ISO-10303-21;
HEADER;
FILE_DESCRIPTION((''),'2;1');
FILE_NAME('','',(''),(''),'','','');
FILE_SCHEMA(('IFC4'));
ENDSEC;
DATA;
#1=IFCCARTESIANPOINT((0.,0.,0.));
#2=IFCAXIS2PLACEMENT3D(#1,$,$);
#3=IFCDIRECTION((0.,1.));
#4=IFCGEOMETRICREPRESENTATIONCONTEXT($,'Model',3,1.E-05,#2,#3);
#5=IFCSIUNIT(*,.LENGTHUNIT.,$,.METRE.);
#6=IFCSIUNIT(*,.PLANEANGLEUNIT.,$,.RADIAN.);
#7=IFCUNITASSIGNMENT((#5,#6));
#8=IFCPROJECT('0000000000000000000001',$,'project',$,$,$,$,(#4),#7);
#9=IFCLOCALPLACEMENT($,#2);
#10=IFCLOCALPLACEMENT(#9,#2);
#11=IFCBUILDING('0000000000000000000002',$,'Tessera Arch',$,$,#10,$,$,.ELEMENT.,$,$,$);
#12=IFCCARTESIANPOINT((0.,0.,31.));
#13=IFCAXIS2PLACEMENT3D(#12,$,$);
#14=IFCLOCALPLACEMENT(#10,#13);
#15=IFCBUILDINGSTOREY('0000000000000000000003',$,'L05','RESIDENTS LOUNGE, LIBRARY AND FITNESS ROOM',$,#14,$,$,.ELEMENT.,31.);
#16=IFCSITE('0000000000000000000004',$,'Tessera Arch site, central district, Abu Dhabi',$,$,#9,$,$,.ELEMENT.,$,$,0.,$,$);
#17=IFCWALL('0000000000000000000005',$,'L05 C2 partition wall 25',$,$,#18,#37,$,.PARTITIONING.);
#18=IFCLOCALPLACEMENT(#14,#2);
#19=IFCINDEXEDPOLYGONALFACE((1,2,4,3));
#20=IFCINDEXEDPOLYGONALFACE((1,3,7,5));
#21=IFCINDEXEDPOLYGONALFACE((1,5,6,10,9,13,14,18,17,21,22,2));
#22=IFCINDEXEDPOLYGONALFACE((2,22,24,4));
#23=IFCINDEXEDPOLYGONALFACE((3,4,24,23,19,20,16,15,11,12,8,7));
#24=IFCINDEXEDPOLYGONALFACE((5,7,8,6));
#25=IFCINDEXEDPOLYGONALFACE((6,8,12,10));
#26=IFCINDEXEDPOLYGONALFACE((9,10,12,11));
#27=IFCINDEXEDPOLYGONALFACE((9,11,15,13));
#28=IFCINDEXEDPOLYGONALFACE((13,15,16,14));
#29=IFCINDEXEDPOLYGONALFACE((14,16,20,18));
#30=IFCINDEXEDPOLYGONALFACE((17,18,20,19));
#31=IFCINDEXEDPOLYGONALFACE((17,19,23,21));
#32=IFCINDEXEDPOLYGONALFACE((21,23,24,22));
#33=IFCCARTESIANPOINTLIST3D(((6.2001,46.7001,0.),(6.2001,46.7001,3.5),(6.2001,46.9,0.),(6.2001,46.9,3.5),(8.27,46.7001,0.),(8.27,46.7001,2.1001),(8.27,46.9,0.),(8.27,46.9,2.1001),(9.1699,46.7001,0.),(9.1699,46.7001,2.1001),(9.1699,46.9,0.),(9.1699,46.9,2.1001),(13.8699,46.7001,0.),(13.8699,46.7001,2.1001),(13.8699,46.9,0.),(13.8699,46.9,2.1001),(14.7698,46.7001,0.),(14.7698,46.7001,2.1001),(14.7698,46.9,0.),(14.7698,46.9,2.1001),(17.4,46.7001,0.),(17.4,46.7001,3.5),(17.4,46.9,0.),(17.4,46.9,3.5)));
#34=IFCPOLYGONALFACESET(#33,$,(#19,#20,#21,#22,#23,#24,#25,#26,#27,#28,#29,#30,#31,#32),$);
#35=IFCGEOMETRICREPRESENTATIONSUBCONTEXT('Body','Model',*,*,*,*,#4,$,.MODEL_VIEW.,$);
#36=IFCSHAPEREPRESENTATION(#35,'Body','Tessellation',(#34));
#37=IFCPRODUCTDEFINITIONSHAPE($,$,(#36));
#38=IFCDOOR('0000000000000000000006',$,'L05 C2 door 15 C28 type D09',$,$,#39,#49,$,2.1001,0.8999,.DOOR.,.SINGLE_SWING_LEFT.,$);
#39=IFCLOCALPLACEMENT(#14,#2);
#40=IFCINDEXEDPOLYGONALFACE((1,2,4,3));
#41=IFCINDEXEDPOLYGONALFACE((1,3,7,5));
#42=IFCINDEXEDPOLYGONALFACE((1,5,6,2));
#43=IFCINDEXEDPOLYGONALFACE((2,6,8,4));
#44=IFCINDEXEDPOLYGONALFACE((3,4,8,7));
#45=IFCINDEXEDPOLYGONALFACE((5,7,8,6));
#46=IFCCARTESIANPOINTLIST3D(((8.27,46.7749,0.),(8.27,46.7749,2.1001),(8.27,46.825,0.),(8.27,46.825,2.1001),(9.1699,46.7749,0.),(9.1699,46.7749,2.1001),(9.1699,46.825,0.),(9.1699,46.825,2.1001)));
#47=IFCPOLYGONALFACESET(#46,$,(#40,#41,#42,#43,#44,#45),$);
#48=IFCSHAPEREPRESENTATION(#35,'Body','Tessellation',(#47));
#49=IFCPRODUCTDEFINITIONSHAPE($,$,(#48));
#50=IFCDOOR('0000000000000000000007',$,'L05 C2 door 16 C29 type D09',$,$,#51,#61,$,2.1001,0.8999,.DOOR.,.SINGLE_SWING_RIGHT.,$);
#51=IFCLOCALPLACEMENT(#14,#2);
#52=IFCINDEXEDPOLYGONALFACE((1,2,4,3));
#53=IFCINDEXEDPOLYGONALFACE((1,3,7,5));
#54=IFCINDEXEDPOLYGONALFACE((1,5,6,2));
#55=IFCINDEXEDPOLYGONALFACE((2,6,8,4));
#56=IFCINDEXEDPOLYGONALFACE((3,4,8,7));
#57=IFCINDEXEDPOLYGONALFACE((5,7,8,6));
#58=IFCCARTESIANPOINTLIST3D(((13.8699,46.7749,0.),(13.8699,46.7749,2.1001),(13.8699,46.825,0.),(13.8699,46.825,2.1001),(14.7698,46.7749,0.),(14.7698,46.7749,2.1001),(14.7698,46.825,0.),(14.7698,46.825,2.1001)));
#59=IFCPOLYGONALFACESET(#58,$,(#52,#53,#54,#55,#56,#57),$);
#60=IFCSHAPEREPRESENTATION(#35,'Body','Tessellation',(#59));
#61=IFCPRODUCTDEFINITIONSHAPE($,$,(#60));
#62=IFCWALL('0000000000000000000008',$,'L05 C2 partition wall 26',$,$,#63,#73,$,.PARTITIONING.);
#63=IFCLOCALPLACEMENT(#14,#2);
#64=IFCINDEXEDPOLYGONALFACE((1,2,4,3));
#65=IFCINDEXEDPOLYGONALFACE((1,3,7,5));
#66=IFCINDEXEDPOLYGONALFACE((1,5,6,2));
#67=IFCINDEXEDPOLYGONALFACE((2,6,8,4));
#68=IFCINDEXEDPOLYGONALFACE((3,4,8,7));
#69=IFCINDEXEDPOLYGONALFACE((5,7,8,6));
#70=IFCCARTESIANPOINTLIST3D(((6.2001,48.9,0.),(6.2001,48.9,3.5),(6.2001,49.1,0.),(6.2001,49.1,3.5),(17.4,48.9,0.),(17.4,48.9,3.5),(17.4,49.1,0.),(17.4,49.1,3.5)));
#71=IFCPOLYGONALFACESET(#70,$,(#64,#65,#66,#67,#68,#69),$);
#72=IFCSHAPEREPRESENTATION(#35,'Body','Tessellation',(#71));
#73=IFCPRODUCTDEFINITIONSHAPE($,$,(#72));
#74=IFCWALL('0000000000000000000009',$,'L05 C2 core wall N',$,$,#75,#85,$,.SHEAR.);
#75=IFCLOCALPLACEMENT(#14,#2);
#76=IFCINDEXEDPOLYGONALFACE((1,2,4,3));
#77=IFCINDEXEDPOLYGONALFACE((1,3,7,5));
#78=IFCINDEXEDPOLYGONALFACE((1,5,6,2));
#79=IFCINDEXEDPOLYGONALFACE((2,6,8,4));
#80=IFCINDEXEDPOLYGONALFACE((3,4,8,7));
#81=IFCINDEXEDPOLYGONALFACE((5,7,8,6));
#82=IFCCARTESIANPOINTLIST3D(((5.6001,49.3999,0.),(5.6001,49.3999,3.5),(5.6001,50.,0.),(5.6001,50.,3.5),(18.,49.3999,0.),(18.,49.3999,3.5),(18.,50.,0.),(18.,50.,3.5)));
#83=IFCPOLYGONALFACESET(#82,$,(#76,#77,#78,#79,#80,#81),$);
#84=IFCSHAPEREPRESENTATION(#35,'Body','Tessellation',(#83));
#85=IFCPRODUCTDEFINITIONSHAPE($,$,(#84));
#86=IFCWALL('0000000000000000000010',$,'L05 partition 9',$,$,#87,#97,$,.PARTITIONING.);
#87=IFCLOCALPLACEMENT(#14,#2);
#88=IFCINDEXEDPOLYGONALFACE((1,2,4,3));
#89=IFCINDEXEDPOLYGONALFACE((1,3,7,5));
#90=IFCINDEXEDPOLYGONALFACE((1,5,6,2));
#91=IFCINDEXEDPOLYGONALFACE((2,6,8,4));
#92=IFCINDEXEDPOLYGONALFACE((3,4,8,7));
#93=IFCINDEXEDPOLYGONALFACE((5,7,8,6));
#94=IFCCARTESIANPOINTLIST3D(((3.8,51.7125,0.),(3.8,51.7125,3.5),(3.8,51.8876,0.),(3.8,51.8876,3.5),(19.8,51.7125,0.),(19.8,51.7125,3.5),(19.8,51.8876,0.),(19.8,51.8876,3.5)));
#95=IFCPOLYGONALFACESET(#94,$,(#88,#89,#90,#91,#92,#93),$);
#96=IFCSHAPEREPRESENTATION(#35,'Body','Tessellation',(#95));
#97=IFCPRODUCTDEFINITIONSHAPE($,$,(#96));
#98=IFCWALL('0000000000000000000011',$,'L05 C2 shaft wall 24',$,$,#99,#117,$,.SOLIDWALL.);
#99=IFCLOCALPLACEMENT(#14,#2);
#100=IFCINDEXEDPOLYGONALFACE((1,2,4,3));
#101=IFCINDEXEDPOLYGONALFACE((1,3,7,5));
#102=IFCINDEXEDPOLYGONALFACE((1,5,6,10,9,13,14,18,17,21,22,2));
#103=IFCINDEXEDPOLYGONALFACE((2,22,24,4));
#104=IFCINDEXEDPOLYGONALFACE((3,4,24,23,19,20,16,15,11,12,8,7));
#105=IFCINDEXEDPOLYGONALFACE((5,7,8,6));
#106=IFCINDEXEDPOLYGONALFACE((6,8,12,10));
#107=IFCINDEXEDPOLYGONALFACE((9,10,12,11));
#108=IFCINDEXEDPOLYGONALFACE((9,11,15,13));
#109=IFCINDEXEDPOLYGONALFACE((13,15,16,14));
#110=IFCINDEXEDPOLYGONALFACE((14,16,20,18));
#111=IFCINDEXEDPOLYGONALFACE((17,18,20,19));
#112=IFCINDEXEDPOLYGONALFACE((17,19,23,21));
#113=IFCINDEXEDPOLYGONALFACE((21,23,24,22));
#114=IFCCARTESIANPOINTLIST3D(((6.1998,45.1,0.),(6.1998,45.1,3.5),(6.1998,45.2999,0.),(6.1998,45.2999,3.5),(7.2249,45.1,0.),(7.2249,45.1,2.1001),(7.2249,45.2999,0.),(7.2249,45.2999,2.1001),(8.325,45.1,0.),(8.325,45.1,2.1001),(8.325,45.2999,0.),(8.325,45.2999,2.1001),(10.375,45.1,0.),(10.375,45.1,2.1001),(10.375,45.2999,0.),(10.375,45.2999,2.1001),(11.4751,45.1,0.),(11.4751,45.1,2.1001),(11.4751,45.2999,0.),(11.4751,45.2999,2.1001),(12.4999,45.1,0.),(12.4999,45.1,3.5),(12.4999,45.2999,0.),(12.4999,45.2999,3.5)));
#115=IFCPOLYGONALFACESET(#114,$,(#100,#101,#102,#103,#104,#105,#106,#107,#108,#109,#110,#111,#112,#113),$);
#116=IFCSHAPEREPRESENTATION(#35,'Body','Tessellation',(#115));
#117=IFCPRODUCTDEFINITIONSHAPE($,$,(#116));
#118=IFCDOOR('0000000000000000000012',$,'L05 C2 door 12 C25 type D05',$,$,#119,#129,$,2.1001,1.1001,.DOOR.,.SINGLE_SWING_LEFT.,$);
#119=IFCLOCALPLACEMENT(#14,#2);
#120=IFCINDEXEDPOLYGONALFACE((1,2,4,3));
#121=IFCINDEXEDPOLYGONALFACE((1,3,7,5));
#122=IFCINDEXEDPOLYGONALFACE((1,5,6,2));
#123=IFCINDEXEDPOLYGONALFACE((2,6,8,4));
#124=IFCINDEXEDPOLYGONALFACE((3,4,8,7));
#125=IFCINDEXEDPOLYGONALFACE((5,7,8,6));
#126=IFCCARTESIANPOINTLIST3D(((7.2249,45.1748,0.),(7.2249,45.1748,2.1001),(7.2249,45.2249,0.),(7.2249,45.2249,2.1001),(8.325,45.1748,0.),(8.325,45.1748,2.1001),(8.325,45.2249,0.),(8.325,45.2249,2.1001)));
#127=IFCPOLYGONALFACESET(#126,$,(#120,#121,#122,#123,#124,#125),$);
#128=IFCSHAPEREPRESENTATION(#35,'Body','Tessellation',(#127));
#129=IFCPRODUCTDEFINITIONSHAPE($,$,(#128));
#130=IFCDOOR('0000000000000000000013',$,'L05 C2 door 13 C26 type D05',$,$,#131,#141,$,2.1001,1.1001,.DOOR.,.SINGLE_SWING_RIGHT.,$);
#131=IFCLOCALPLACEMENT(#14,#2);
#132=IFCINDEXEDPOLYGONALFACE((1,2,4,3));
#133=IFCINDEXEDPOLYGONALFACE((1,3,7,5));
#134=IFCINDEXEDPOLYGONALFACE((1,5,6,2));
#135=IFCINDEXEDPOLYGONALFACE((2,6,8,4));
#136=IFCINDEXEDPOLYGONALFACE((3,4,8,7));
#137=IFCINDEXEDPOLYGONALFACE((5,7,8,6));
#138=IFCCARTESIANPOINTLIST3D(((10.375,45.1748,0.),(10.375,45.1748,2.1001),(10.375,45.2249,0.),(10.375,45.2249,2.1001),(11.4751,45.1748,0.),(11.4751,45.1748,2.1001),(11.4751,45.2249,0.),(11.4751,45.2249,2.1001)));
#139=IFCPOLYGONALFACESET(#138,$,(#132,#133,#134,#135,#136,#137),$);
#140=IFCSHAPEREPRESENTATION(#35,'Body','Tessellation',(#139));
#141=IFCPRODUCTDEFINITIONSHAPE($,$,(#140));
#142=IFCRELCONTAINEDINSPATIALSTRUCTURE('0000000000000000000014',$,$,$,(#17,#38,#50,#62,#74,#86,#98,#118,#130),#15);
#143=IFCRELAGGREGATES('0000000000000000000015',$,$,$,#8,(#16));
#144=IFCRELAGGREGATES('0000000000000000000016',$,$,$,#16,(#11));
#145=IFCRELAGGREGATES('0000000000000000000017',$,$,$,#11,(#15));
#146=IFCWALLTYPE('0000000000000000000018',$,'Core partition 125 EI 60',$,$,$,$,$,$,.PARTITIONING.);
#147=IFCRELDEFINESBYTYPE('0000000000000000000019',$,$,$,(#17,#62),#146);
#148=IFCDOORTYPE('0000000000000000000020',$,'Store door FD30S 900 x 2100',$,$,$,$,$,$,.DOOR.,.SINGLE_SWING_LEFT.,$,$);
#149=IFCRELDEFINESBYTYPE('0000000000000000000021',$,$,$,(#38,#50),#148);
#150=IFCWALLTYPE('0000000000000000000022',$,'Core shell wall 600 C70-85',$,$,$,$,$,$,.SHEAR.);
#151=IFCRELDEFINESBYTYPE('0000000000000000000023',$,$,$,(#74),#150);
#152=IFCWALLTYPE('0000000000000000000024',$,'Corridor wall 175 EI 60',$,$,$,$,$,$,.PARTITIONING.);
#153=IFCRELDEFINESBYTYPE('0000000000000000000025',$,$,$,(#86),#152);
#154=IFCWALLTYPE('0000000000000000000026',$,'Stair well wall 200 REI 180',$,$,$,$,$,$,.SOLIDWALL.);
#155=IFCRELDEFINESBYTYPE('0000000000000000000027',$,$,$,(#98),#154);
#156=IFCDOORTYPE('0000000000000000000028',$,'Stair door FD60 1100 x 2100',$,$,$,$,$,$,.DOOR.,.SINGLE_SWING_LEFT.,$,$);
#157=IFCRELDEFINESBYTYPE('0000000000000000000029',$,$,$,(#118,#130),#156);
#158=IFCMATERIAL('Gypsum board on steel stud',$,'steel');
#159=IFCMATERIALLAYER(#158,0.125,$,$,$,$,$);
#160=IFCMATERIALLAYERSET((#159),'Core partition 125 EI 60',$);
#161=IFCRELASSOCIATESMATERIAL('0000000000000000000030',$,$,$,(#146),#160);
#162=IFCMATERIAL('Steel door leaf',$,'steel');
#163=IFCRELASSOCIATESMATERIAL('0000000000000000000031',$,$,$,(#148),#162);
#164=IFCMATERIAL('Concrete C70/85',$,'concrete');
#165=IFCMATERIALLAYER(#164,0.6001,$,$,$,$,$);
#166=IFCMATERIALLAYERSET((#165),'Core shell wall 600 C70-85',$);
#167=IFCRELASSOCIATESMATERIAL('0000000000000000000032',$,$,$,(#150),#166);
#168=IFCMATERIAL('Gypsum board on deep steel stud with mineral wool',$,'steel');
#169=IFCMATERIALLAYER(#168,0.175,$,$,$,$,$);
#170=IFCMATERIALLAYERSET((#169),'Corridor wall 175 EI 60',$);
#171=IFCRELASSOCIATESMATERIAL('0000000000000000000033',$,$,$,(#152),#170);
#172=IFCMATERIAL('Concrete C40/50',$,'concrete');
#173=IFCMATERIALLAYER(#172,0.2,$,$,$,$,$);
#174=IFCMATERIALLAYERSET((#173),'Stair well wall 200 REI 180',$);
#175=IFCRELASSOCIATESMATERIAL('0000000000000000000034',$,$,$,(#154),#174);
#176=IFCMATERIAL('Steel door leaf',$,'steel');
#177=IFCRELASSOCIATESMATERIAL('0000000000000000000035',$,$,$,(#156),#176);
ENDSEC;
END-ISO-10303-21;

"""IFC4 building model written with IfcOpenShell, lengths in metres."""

from ifc_helpers import new_model, si_unit, direction, frame, frame_2d, origin, place, context, subcontext, project, spatial, rectangle, extrude, material, layer, layer_set, type_object, element, fill, save


model = new_model("IFC4")

# Units and contexts
model_context = context("Model", 3, precision=1e-05, world=origin(), true_north=direction((0.0, 1.0)))
body_context = subcontext(model_context, "Body", "Model", "MODEL_VIEW")
ifc_project = project(units=[si_unit("LENGTHUNIT", "METRE"), si_unit("PLANEANGLEUNIT", "RADIAN")], contexts=[model_context])

# Site, building, storey
site_placement = place(None, origin())
site = spatial("IfcSite", under=ifc_project, at=site_placement, Name="Tessera Arch site, central district, Abu Dhabi", CompositionType="ELEMENT", RefElevation=0.0)
building_placement = place(site_placement, origin())
building = spatial("IfcBuilding", under=site, at=building_placement, Name="Tessera Arch", CompositionType="ELEMENT")
storey_placement = place(building_placement, frame((0.0, 0.0, 31.0)))
storey = spatial("IfcBuildingStorey", under=building, at=storey_placement, Name="L05", Description="RESIDENTS LOUNGE, LIBRARY AND FITNESS ROOM", CompositionType="ELEMENT", Elevation=31.0)

# Wall, openings, doors
ifc_material_1 = material(Name="Gypsum board on steel stud", Category="steel")
ifc_layer_1 = layer(ifc_material_1, 0.125)
ifc_layer_set_1 = layer_set([ifc_layer_1], Name="Core partition 125 EI 60")
wall_type_1 = type_object("IfcWallType", Name="Core partition 125 EI 60", PredefinedType="PARTITIONING", material=ifc_layer_set_1)
wall_1_placement = place(storey_placement, frame((6.2, 46.8, 0.0), z_axis=(0.0, 0.0, 1.0), x_axis=(1.0, 0.0, 0.0)))
wall_1 = element("IfcWall", 1, at=wall_1_placement, inside=storey, type_object=wall_type_1, Name="L05 C2 partition wall 25", PredefinedType="PARTITIONING", context=body_context, shape_type="SweptSolid", body=[
    extrude(rectangle(XDim=11.2, YDim=0.2, at=frame_2d((5.6001, 0.0))), origin(), (0.0, 0.0, 1.0), 3.5),
])
opening_1_placement = place(wall_1_placement, frame((2.0701, 0.0, 0.0)))
opening_1 = element("IfcOpeningElement", 2, at=opening_1_placement, cuts=wall_1, PredefinedType="OPENING", context=body_context, shape_type="SweptSolid", body=[
    extrude(rectangle(XDim=0.8999, YDim=2.1001, at=frame_2d((0.45, 1.05))), frame((0.0, 0.1099, 0.0), z_axis=(0.0, -1.0, 0.0), x_axis=(1.0, 0.0, 0.0)), (0.0, 0.0, 1.0), 0.22),
])
opening_2_placement = place(wall_1_placement, frame((7.6699, 0.0, 0.0)))
opening_2 = element("IfcOpeningElement", 3, at=opening_2_placement, cuts=wall_1, PredefinedType="OPENING", context=body_context, shape_type="SweptSolid", body=[
    extrude(rectangle(XDim=0.8999, YDim=2.1001, at=frame_2d((0.45, 1.05))), frame((0.0, 0.1099, 0.0), z_axis=(0.0, -1.0, 0.0), x_axis=(1.0, 0.0, 0.0)), (0.0, 0.0, 1.0), 0.22),
])
ifc_material_2 = material(Name="Steel door leaf", Category="steel")
door_type_1 = type_object("IfcDoorType", Name="Store door FD30S 900 x 2100", OperationType="SINGLE_SWING_LEFT", PredefinedType="DOOR", material=ifc_material_2)
door_1_placement = place(opening_1_placement, origin())
door_1 = element("IfcDoor", 4, at=door_1_placement, inside=storey, type_object=door_type_1, Name="L05 C2 door 15 C28 type D09", OperationType="SINGLE_SWING_LEFT", OverallHeight=2.1001, OverallWidth=0.8999, PredefinedType="DOOR", context=body_context, shape_type="SweptSolid", body=[
    extrude(rectangle(XDim=0.8999, YDim=2.1001, at=frame_2d((0.45, 1.05))), frame((0.0, 0.0249, 0.0), z_axis=(0.0, -1.0, 0.0), x_axis=(1.0, 0.0, 0.0)), (0.0, 0.0, 1.0), 0.05),
])
fill(opening_1, door_1)
door_2_placement = place(opening_2_placement, origin())
door_2 = element("IfcDoor", 5, at=door_2_placement, inside=storey, type_object=door_type_1, Name="L05 C2 door 16 C29 type D09", OperationType="SINGLE_SWING_RIGHT", OverallHeight=2.1001, OverallWidth=0.8999, PredefinedType="DOOR", context=body_context, shape_type="SweptSolid", body=[
    extrude(rectangle(XDim=0.8999, YDim=2.1001, at=frame_2d((0.45, 1.05))), frame((0.0, 0.0249, 0.0), z_axis=(0.0, -1.0, 0.0), x_axis=(1.0, 0.0, 0.0)), (0.0, 0.0, 1.0), 0.05),
])
fill(opening_2, door_2)

# Walls
wall_2_placement = place(storey_placement, frame((6.2, 49.0, 0.0), z_axis=(0.0, 0.0, 1.0), x_axis=(1.0, 0.0, 0.0)))
element("IfcWall", 6, at=wall_2_placement, inside=storey, type_object=wall_type_1, Name="L05 C2 partition wall 26", PredefinedType="PARTITIONING", context=body_context, shape_type="SweptSolid", body=[
    extrude(rectangle(XDim=11.2, YDim=0.2, at=frame_2d((5.6001, 0.0))), origin(), (0.0, 0.0, 1.0), 3.5),
])
ifc_material_3 = material(Name="Concrete C70/85", Category="concrete")
ifc_layer_2 = layer(ifc_material_3, 0.6001)
ifc_layer_set_2 = layer_set([ifc_layer_2], Name="Core shell wall 600 C70-85")
wall_type_2 = type_object("IfcWallType", Name="Core shell wall 600 C70-85", PredefinedType="SHEAR", material=ifc_layer_set_2)
wall_3_placement = place(storey_placement, frame((5.6001, 49.7, 0.0), z_axis=(0.0, 0.0, 1.0), x_axis=(1.0, 0.0, 0.0)))
element("IfcWall", 7, at=wall_3_placement, inside=storey, type_object=wall_type_2, Name="L05 C2 core wall N", PredefinedType="SHEAR", context=body_context, shape_type="SweptSolid", body=[
    extrude(rectangle(XDim=12.3999, YDim=0.6001, at=frame_2d((6.2, 0.0))), origin(), (0.0, 0.0, 1.0), 3.5),
])
ifc_material_4 = material(Name="Gypsum board on deep steel stud with mineral wool", Category="steel")
ifc_layer_3 = layer(ifc_material_4, 0.175)
ifc_layer_set_3 = layer_set([ifc_layer_3], Name="Corridor wall 175 EI 60")
wall_type_3 = type_object("IfcWallType", Name="Corridor wall 175 EI 60", PredefinedType="PARTITIONING", material=ifc_layer_set_3)
wall_4_placement = place(storey_placement, frame((3.8, 51.8, 0.0), z_axis=(0.0, 0.0, 1.0), x_axis=(1.0, 0.0, 0.0)))
element("IfcWall", 8, at=wall_4_placement, inside=storey, type_object=wall_type_3, Name="L05 partition 9", PredefinedType="PARTITIONING", context=body_context, shape_type="SweptSolid", body=[
    extrude(rectangle(XDim=16.0, YDim=0.175, at=frame_2d((8.0, 0.0))), origin(), (0.0, 0.0, 1.0), 3.5),
])

# Wall, openings, doors
ifc_material_5 = material(Name="Concrete C40/50", Category="concrete")
ifc_layer_4 = layer(ifc_material_5, 0.2)
ifc_layer_set_4 = layer_set([ifc_layer_4], Name="Stair well wall 200 REI 180")
wall_type_4 = type_object("IfcWallType", Name="Stair well wall 200 REI 180", PredefinedType="SOLIDWALL", material=ifc_layer_set_4)
wall_5_placement = place(storey_placement, frame((6.2, 45.2, 0.0), z_axis=(0.0, 0.0, 1.0), x_axis=(1.0, 0.0, 0.0)))
wall_5 = element("IfcWall", 9, at=wall_5_placement, inside=storey, type_object=wall_type_4, Name="L05 C2 shaft wall 24", PredefinedType="SOLIDWALL", context=body_context, shape_type="SweptSolid", body=[
    extrude(rectangle(XDim=6.3, YDim=0.2, at=frame_2d((3.1499, 0.0))), origin(), (0.0, 0.0, 1.0), 3.5),
])
opening_3_placement = place(wall_5_placement, frame((1.0249, 0.0, 0.0)))
opening_3 = element("IfcOpeningElement", 10, at=opening_3_placement, cuts=wall_5, PredefinedType="OPENING", context=body_context, shape_type="SweptSolid", body=[
    extrude(rectangle(XDim=1.1001, YDim=2.1001, at=frame_2d((0.55, 1.05))), frame((0.0, 0.1099, 0.0), z_axis=(0.0, -1.0, 0.0), x_axis=(1.0, 0.0, 0.0)), (0.0, 0.0, 1.0), 0.22),
])
opening_4_placement = place(wall_5_placement, frame((4.175, 0.0, 0.0)))
opening_4 = element("IfcOpeningElement", 11, at=opening_4_placement, cuts=wall_5, PredefinedType="OPENING", context=body_context, shape_type="SweptSolid", body=[
    extrude(rectangle(XDim=1.1001, YDim=2.1001, at=frame_2d((0.55, 1.05))), frame((0.0, 0.1099, 0.0), z_axis=(0.0, -1.0, 0.0), x_axis=(1.0, 0.0, 0.0)), (0.0, 0.0, 1.0), 0.22),
])
ifc_material_6 = material(Name="Steel door leaf", Category="steel")
door_type_2 = type_object("IfcDoorType", Name="Stair door FD60 1100 x 2100", OperationType="SINGLE_SWING_LEFT", PredefinedType="DOOR", material=ifc_material_6)
door_3_placement = place(opening_3_placement, origin())
door_3 = element("IfcDoor", 12, at=door_3_placement, inside=storey, type_object=door_type_2, Name="L05 C2 door 12 C25 type D05", OperationType="SINGLE_SWING_LEFT", OverallHeight=2.1001, OverallWidth=1.1001, PredefinedType="DOOR", context=body_context, shape_type="SweptSolid", body=[
    extrude(rectangle(XDim=1.1001, YDim=2.1001, at=frame_2d((0.55, 1.05))), frame((0.0, 0.0249, 0.0), z_axis=(0.0, -1.0, 0.0), x_axis=(1.0, 0.0, 0.0)), (0.0, 0.0, 1.0), 0.05),
])
fill(opening_3, door_3)
door_4_placement = place(opening_4_placement, origin())
door_4 = element("IfcDoor", 13, at=door_4_placement, inside=storey, type_object=door_type_2, Name="L05 C2 door 13 C26 type D05", OperationType="SINGLE_SWING_RIGHT", OverallHeight=2.1001, OverallWidth=1.1001, PredefinedType="DOOR", context=body_context, shape_type="SweptSolid", body=[
    extrude(rectangle(XDim=1.1001, YDim=2.1001, at=frame_2d((0.55, 1.05))), frame((0.0, 0.0249, 0.0), z_axis=(0.0, -1.0, 0.0), x_axis=(1.0, 0.0, 0.0)), (0.0, 0.0, 1.0), 0.05),
])
fill(opening_4, door_4)

save(model, "model.ifc")
